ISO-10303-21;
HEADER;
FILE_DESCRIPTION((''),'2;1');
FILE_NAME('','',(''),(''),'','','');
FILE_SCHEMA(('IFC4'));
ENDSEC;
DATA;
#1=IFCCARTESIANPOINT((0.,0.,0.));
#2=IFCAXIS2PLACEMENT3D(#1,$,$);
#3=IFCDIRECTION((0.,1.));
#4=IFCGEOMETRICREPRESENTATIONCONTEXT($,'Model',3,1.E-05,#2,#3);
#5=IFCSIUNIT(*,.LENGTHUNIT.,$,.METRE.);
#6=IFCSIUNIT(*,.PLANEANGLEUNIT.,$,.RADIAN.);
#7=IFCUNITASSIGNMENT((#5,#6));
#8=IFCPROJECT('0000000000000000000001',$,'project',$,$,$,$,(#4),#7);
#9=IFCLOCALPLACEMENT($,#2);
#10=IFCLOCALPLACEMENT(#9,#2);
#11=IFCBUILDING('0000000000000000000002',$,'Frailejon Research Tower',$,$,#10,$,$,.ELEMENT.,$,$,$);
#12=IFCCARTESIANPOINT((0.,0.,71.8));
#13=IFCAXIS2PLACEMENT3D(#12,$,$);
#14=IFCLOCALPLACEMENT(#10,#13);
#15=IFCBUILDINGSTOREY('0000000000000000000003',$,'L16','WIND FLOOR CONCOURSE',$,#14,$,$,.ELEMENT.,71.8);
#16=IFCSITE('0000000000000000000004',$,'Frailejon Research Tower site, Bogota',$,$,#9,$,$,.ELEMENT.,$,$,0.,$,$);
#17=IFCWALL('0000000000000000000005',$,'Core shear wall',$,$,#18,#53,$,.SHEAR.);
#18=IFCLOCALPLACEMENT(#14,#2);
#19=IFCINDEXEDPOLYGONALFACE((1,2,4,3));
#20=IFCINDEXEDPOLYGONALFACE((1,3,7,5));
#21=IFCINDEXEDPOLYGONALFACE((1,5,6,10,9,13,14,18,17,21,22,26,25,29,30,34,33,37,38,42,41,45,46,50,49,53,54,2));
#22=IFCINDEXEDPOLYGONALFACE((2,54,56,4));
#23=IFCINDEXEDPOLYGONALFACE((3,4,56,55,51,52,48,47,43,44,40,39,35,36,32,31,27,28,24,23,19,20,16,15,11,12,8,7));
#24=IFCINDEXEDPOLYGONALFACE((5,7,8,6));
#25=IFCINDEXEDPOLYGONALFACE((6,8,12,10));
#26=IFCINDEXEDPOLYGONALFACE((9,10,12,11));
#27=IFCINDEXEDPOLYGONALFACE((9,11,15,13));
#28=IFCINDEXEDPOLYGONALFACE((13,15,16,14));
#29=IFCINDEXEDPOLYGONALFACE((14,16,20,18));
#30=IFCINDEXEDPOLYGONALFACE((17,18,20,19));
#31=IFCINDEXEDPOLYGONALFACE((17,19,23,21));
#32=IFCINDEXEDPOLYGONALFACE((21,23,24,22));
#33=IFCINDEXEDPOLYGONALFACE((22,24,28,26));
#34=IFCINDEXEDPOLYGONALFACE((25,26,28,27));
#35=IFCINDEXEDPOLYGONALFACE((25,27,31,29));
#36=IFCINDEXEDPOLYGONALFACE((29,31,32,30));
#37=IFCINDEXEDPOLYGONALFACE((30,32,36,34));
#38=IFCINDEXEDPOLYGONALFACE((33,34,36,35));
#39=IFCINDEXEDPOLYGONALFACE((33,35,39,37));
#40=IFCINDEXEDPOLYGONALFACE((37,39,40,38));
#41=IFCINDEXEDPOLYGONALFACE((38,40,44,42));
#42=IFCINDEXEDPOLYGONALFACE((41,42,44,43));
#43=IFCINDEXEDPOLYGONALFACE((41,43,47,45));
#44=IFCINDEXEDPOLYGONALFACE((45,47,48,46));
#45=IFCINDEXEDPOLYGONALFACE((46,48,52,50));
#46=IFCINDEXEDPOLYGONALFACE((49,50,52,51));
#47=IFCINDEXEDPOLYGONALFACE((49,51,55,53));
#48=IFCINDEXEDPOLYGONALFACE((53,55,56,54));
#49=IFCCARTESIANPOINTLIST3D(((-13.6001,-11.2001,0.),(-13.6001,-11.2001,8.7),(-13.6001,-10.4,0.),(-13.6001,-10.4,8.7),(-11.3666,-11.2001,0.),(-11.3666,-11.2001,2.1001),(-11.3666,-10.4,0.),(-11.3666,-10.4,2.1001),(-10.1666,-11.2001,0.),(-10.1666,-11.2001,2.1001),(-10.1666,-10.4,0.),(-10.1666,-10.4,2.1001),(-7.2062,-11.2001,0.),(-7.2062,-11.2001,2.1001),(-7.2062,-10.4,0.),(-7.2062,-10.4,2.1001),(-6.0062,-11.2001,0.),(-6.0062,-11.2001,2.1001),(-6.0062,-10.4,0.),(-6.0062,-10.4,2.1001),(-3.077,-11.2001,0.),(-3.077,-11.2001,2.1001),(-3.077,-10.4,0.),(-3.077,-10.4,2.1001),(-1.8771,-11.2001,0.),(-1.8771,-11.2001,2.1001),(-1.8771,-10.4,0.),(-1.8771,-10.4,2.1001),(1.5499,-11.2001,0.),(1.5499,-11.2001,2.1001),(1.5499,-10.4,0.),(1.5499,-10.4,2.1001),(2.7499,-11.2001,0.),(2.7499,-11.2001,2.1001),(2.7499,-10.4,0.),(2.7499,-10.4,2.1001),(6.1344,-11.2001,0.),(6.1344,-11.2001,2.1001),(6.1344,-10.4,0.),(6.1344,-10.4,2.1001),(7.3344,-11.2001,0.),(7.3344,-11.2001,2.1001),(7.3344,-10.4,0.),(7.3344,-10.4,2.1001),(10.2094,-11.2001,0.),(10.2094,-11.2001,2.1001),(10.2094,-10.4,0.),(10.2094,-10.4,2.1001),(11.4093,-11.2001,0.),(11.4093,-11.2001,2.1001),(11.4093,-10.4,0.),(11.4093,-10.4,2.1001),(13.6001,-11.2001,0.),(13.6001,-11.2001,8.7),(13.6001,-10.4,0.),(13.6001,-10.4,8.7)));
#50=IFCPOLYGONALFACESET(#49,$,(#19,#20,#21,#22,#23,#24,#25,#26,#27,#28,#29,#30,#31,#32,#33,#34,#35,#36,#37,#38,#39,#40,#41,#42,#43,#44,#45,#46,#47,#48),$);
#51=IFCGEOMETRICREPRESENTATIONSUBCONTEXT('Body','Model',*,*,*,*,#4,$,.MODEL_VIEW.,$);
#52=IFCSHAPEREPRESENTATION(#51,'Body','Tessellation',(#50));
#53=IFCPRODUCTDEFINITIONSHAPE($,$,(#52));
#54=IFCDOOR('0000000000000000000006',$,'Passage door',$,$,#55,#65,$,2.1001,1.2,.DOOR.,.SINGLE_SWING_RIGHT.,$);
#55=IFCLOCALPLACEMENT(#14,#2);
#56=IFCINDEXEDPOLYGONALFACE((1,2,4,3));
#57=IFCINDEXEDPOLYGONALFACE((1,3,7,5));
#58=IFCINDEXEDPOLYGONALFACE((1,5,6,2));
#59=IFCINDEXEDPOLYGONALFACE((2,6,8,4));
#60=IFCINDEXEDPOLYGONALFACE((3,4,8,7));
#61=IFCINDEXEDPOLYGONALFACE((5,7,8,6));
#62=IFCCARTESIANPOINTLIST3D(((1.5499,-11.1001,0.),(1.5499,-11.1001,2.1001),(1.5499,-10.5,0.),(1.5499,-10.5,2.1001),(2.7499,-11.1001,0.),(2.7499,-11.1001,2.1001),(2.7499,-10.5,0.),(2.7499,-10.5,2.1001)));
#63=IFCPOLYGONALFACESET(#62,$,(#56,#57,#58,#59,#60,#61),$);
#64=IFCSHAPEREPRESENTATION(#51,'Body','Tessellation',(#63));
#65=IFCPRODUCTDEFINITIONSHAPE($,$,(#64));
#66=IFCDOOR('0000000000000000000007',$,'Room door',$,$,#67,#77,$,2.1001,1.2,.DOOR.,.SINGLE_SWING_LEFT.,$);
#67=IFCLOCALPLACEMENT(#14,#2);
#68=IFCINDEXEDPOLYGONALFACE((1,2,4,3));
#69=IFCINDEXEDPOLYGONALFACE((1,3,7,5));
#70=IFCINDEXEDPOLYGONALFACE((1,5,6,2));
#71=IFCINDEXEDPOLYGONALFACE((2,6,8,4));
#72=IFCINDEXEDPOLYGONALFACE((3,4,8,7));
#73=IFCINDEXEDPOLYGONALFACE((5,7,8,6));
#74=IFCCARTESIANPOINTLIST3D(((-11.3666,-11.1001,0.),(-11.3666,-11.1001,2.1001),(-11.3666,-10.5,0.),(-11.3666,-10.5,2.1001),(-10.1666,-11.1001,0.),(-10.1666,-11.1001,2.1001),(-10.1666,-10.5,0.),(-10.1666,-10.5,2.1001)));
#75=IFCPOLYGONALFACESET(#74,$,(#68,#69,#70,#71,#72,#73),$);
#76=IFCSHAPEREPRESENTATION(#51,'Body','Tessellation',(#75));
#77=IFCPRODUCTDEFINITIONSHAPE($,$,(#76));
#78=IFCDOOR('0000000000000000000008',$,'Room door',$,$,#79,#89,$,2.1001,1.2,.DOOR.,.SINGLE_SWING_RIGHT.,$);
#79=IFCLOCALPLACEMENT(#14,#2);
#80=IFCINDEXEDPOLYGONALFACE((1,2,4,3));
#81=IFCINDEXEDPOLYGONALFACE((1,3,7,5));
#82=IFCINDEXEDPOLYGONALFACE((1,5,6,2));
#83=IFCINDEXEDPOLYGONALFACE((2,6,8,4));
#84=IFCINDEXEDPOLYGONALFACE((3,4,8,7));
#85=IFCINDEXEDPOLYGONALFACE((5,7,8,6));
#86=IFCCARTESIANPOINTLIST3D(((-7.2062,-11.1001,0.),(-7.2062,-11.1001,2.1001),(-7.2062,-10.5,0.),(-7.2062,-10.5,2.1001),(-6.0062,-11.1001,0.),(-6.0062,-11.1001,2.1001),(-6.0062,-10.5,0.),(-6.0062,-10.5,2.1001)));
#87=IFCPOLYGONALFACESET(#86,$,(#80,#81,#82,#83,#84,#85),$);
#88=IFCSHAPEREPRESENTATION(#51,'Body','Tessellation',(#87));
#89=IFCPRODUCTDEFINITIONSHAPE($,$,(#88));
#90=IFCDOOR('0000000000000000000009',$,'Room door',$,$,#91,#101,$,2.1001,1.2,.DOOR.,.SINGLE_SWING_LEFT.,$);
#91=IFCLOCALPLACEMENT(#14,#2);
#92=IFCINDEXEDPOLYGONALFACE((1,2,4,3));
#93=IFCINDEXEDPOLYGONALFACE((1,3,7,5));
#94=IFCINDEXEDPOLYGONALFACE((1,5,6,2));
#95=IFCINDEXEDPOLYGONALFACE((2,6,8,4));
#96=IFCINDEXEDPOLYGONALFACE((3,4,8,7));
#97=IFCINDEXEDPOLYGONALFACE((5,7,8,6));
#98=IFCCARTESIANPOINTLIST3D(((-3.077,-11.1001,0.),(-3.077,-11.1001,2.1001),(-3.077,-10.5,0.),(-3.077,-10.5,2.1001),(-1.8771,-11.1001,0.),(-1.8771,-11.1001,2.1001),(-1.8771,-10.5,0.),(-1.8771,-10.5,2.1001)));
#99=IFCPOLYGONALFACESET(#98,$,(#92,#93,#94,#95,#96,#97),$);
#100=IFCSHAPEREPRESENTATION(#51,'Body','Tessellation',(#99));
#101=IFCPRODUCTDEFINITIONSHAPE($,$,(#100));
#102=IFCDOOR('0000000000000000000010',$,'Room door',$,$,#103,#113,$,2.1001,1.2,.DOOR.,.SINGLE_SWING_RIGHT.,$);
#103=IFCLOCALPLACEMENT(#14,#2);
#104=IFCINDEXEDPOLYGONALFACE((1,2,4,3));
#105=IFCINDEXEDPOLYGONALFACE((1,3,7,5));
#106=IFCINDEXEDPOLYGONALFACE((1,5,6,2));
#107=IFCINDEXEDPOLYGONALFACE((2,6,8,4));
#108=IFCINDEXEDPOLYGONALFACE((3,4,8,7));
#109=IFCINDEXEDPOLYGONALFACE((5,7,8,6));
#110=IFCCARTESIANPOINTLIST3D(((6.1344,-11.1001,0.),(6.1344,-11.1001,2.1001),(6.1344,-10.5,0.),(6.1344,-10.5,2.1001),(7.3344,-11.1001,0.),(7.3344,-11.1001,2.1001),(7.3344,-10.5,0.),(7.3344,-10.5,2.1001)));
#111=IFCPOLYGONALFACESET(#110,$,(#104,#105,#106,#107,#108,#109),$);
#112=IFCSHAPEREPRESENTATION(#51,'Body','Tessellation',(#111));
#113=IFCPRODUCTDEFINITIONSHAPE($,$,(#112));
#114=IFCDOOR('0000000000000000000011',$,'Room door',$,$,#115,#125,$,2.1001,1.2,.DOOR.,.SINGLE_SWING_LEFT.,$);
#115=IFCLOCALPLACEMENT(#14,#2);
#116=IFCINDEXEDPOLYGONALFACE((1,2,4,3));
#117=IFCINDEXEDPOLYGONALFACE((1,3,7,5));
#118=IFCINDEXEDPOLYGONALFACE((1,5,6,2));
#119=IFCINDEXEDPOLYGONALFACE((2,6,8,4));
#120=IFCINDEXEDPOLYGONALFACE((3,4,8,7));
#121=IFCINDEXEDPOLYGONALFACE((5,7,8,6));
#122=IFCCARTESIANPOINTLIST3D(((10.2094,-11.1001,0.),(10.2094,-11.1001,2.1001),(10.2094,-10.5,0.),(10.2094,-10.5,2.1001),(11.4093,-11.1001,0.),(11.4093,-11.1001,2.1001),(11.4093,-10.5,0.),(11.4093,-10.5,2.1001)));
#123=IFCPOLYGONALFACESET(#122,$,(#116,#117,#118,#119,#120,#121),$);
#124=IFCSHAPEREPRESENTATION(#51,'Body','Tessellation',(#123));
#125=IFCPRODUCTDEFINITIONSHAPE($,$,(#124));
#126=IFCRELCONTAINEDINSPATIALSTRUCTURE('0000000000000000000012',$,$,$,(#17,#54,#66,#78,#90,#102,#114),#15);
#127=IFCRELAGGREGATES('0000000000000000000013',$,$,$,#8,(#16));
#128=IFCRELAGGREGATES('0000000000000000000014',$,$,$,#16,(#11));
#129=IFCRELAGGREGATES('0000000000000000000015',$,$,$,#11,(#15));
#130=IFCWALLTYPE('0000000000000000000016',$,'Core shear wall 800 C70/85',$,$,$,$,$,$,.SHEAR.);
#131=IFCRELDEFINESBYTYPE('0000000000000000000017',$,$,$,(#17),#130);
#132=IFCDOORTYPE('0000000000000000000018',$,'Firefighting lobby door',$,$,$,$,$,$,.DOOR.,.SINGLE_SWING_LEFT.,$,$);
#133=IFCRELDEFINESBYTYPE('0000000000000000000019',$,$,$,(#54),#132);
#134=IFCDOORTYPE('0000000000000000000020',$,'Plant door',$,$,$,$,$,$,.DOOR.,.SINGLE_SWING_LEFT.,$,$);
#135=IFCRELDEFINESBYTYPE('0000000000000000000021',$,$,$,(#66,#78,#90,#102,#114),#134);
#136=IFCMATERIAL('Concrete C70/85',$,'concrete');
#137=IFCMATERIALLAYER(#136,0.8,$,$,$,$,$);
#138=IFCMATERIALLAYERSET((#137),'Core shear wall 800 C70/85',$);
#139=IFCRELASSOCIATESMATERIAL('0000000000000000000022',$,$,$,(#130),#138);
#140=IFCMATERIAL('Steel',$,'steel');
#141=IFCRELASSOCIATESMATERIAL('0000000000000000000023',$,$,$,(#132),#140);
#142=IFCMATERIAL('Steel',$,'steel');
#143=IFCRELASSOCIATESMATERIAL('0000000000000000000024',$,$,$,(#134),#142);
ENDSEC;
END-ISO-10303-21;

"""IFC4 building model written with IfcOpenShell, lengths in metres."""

from ifc_helpers import new_model, si_unit, direction, frame, frame_2d, origin, place, context, subcontext, project, spatial, rectangle, extrude, material, layer, layer_set, type_object, element, fill, save


model = new_model("IFC4")

# Units and contexts
model_context = context("Model", 3, precision=1e-05, world=origin(), true_north=direction((0.0, 1.0)))
body_context = subcontext(model_context, "Body", "Model", "MODEL_VIEW")
ifc_project = project(units=[si_unit("LENGTHUNIT", "METRE"), si_unit("PLANEANGLEUNIT", "RADIAN")], contexts=[model_context])

# Site, building, storey
site_placement = place(None, origin())
site = spatial("IfcSite", under=ifc_project, at=site_placement, Name="Frailejon Research Tower site, Bogota", CompositionType="ELEMENT", RefElevation=0.0)
building_placement = place(site_placement, origin())
building = spatial("IfcBuilding", under=site, at=building_placement, Name="Frailejon Research Tower", CompositionType="ELEMENT")
storey_placement = place(building_placement, frame((0.0, 0.0, 71.8)))
storey = spatial("IfcBuildingStorey", under=building, at=storey_placement, Name="L16", Description="WIND FLOOR CONCOURSE", CompositionType="ELEMENT", Elevation=71.8)

# Wall, openings, doors
ifc_material_1 = material(Name="Concrete C70/85", Category="concrete")
ifc_layer_1 = layer(ifc_material_1, 0.8)
ifc_layer_set_1 = layer_set([ifc_layer_1], Name="Core shear wall 800 C70/85")
wall_type_1 = type_object("IfcWallType", Name="Core shear wall 800 C70/85", PredefinedType="SHEAR", material=ifc_layer_set_1)
wall_1_placement = place(storey_placement, frame((-13.6001, -10.8, 0.0), z_axis=(0.0, 0.0, 1.0), x_axis=(1.0, 0.0, 0.0)))
wall_1 = element("IfcWall", 1, at=wall_1_placement, inside=storey, type_object=wall_type_1, Name="Core shear wall", PredefinedType="SHEAR", context=body_context, shape_type="SweptSolid", body=[
    extrude(rectangle(XDim=27.2002, YDim=0.8, at=frame_2d((13.6001, 0.0))), origin(), (0.0, 0.0, 1.0), 8.7),
])
opening_1_placement = place(wall_1_placement, frame((2.2334, 0.0, 0.0)))
opening_1 = element("IfcOpeningElement", 2, at=opening_1_placement, cuts=wall_1, PredefinedType="OPENING", context=body_context, shape_type="SweptSolid", body=[
    extrude(rectangle(XDim=1.2, YDim=2.1001, at=frame_2d((0.6001, 1.05))), frame((0.0, 0.4099, 0.0), z_axis=(0.0, -1.0, 0.0), x_axis=(1.0, 0.0, 0.0)), (0.0, 0.0, 1.0), 0.8201),
])
opening_2_placement = place(wall_1_placement, frame((6.3938, 0.0, 0.0)))
opening_2 = element("IfcOpeningElement", 3, at=opening_2_placement, cuts=wall_1, PredefinedType="OPENING", context=body_context, shape_type="SweptSolid", body=[
    extrude(rectangle(XDim=1.2, YDim=2.1001, at=frame_2d((0.6001, 1.05))), frame((0.0, 0.4099, 0.0), z_axis=(0.0, -1.0, 0.0), x_axis=(1.0, 0.0, 0.0)), (0.0, 0.0, 1.0), 0.8201),
])
opening_3_placement = place(wall_1_placement, frame((10.5229, 0.0, 0.0)))
opening_3 = element("IfcOpeningElement", 4, at=opening_3_placement, cuts=wall_1, PredefinedType="OPENING", context=body_context, shape_type="SweptSolid", body=[
    extrude(rectangle(XDim=1.2, YDim=2.1001, at=frame_2d((0.6001, 1.05))), frame((0.0, 0.4099, 0.0), z_axis=(0.0, -1.0, 0.0), x_axis=(1.0, 0.0, 0.0)), (0.0, 0.0, 1.0), 0.8201),
])
opening_4_placement = place(wall_1_placement, frame((19.7344, 0.0, 0.0)))
opening_4 = element("IfcOpeningElement", 5, at=opening_4_placement, cuts=wall_1, PredefinedType="OPENING", context=body_context, shape_type="SweptSolid", body=[
    extrude(rectangle(XDim=1.2, YDim=2.1001, at=frame_2d((0.6001, 1.05))), frame((0.0, 0.4099, 0.0), z_axis=(0.0, -1.0, 0.0), x_axis=(1.0, 0.0, 0.0)), (0.0, 0.0, 1.0), 0.8201),
])
opening_5_placement = place(wall_1_placement, frame((23.8093, 0.0, 0.0)))
opening_5 = element("IfcOpeningElement", 6, at=opening_5_placement, cuts=wall_1, PredefinedType="OPENING", context=body_context, shape_type="SweptSolid", body=[
    extrude(rectangle(XDim=1.2, YDim=2.1001, at=frame_2d((0.6001, 1.05))), frame((0.0, 0.4099, 0.0), z_axis=(0.0, -1.0, 0.0), x_axis=(1.0, 0.0, 0.0)), (0.0, 0.0, 1.0), 0.8201),
])
opening_6_placement = place(wall_1_placement, frame((15.1499, 0.0, 0.0)))
opening_6 = element("IfcOpeningElement", 7, at=opening_6_placement, cuts=wall_1, PredefinedType="OPENING", context=body_context, shape_type="SweptSolid", body=[
    extrude(rectangle(XDim=1.2, YDim=2.1001, at=frame_2d((0.6001, 1.05))), frame((0.0, 0.4099, 0.0), z_axis=(0.0, -1.0, 0.0), x_axis=(1.0, 0.0, 0.0)), (0.0, 0.0, 1.0), 0.8201),
])
ifc_material_2 = material(Name="Steel", Category="steel")
door_type_1 = type_object("IfcDoorType", Name="Firefighting lobby door", OperationType="SINGLE_SWING_LEFT", PredefinedType="DOOR", material=ifc_material_2)
door_1_placement = place(opening_6_placement, origin())
door_1 = element("IfcDoor", 8, at=door_1_placement, inside=storey, type_object=door_type_1, Name="Passage door", OperationType="SINGLE_SWING_RIGHT", OverallHeight=2.1001, OverallWidth=1.2, PredefinedType="DOOR", context=body_context, shape_type="SweptSolid", body=[
    extrude(rectangle(XDim=1.2, YDim=2.1001, at=frame_2d((0.6001, 1.05))), frame((0.0, 0.3, 0.0), z_axis=(0.0, -1.0, 0.0), x_axis=(1.0, 0.0, 0.0)), (0.0, 0.0, 1.0), 0.6001),
])
fill(opening_6, door_1)
ifc_material_3 = material(Name="Steel", Category="steel")
door_type_2 = type_object("IfcDoorType", Name="Plant door", OperationType="SINGLE_SWING_LEFT", PredefinedType="DOOR", material=ifc_material_3)
door_2_placement = place(opening_1_placement, origin())
door_2 = element("IfcDoor", 9, at=door_2_placement, inside=storey, type_object=door_type_2, Name="Room door", OperationType="SINGLE_SWING_LEFT", OverallHeight=2.1001, OverallWidth=1.2, PredefinedType="DOOR", context=body_context, shape_type="SweptSolid", body=[
    extrude(rectangle(XDim=1.2, YDim=2.1001, at=frame_2d((0.6001, 1.05))), frame((0.0, 0.3, 0.0), z_axis=(0.0, -1.0, 0.0), x_axis=(1.0, 0.0, 0.0)), (0.0, 0.0, 1.0), 0.6001),
])
fill(opening_1, door_2)
door_3_placement = place(opening_2_placement, origin())
door_3 = element("IfcDoor", 10, at=door_3_placement, inside=storey, type_object=door_type_2, Name="Room door", OperationType="SINGLE_SWING_RIGHT", OverallHeight=2.1001, OverallWidth=1.2, PredefinedType="DOOR", context=body_context, shape_type="SweptSolid", body=[
    extrude(rectangle(XDim=1.2, YDim=2.1001, at=frame_2d((0.6001, 1.05))), frame((0.0, 0.3, 0.0), z_axis=(0.0, -1.0, 0.0), x_axis=(1.0, 0.0, 0.0)), (0.0, 0.0, 1.0), 0.6001),
])
fill(opening_2, door_3)
door_4_placement = place(opening_3_placement, origin())
door_4 = element("IfcDoor", 11, at=door_4_placement, inside=storey, type_object=door_type_2, Name="Room door", OperationType="SINGLE_SWING_LEFT", OverallHeight=2.1001, OverallWidth=1.2, PredefinedType="DOOR", context=body_context, shape_type="SweptSolid", body=[
    extrude(rectangle(XDim=1.2, YDim=2.1001, at=frame_2d((0.6001, 1.05))), frame((0.0, 0.3, 0.0), z_axis=(0.0, -1.0, 0.0), x_axis=(1.0, 0.0, 0.0)), (0.0, 0.0, 1.0), 0.6001),
])
fill(opening_3, door_4)
door_5_placement = place(opening_4_placement, origin())
door_5 = element("IfcDoor", 12, at=door_5_placement, inside=storey, type_object=door_type_2, Name="Room door", OperationType="SINGLE_SWING_RIGHT", OverallHeight=2.1001, OverallWidth=1.2, PredefinedType="DOOR", context=body_context, shape_type="SweptSolid", body=[
    extrude(rectangle(XDim=1.2, YDim=2.1001, at=frame_2d((0.6001, 1.05))), frame((0.0, 0.3, 0.0), z_axis=(0.0, -1.0, 0.0), x_axis=(1.0, 0.0, 0.0)), (0.0, 0.0, 1.0), 0.6001),
])
fill(opening_4, door_5)
door_6_placement = place(opening_5_placement, origin())
door_6 = element("IfcDoor", 13, at=door_6_placement, inside=storey, type_object=door_type_2, Name="Room door", OperationType="SINGLE_SWING_LEFT", OverallHeight=2.1001, OverallWidth=1.2, PredefinedType="DOOR", context=body_context, shape_type="SweptSolid", body=[
    extrude(rectangle(XDim=1.2, YDim=2.1001, at=frame_2d((0.6001, 1.05))), frame((0.0, 0.3, 0.0), z_axis=(0.0, -1.0, 0.0), x_axis=(1.0, 0.0, 0.0)), (0.0, 0.0, 1.0), 0.6001),
])
fill(opening_5, door_6)

save(model, "model.ifc")
